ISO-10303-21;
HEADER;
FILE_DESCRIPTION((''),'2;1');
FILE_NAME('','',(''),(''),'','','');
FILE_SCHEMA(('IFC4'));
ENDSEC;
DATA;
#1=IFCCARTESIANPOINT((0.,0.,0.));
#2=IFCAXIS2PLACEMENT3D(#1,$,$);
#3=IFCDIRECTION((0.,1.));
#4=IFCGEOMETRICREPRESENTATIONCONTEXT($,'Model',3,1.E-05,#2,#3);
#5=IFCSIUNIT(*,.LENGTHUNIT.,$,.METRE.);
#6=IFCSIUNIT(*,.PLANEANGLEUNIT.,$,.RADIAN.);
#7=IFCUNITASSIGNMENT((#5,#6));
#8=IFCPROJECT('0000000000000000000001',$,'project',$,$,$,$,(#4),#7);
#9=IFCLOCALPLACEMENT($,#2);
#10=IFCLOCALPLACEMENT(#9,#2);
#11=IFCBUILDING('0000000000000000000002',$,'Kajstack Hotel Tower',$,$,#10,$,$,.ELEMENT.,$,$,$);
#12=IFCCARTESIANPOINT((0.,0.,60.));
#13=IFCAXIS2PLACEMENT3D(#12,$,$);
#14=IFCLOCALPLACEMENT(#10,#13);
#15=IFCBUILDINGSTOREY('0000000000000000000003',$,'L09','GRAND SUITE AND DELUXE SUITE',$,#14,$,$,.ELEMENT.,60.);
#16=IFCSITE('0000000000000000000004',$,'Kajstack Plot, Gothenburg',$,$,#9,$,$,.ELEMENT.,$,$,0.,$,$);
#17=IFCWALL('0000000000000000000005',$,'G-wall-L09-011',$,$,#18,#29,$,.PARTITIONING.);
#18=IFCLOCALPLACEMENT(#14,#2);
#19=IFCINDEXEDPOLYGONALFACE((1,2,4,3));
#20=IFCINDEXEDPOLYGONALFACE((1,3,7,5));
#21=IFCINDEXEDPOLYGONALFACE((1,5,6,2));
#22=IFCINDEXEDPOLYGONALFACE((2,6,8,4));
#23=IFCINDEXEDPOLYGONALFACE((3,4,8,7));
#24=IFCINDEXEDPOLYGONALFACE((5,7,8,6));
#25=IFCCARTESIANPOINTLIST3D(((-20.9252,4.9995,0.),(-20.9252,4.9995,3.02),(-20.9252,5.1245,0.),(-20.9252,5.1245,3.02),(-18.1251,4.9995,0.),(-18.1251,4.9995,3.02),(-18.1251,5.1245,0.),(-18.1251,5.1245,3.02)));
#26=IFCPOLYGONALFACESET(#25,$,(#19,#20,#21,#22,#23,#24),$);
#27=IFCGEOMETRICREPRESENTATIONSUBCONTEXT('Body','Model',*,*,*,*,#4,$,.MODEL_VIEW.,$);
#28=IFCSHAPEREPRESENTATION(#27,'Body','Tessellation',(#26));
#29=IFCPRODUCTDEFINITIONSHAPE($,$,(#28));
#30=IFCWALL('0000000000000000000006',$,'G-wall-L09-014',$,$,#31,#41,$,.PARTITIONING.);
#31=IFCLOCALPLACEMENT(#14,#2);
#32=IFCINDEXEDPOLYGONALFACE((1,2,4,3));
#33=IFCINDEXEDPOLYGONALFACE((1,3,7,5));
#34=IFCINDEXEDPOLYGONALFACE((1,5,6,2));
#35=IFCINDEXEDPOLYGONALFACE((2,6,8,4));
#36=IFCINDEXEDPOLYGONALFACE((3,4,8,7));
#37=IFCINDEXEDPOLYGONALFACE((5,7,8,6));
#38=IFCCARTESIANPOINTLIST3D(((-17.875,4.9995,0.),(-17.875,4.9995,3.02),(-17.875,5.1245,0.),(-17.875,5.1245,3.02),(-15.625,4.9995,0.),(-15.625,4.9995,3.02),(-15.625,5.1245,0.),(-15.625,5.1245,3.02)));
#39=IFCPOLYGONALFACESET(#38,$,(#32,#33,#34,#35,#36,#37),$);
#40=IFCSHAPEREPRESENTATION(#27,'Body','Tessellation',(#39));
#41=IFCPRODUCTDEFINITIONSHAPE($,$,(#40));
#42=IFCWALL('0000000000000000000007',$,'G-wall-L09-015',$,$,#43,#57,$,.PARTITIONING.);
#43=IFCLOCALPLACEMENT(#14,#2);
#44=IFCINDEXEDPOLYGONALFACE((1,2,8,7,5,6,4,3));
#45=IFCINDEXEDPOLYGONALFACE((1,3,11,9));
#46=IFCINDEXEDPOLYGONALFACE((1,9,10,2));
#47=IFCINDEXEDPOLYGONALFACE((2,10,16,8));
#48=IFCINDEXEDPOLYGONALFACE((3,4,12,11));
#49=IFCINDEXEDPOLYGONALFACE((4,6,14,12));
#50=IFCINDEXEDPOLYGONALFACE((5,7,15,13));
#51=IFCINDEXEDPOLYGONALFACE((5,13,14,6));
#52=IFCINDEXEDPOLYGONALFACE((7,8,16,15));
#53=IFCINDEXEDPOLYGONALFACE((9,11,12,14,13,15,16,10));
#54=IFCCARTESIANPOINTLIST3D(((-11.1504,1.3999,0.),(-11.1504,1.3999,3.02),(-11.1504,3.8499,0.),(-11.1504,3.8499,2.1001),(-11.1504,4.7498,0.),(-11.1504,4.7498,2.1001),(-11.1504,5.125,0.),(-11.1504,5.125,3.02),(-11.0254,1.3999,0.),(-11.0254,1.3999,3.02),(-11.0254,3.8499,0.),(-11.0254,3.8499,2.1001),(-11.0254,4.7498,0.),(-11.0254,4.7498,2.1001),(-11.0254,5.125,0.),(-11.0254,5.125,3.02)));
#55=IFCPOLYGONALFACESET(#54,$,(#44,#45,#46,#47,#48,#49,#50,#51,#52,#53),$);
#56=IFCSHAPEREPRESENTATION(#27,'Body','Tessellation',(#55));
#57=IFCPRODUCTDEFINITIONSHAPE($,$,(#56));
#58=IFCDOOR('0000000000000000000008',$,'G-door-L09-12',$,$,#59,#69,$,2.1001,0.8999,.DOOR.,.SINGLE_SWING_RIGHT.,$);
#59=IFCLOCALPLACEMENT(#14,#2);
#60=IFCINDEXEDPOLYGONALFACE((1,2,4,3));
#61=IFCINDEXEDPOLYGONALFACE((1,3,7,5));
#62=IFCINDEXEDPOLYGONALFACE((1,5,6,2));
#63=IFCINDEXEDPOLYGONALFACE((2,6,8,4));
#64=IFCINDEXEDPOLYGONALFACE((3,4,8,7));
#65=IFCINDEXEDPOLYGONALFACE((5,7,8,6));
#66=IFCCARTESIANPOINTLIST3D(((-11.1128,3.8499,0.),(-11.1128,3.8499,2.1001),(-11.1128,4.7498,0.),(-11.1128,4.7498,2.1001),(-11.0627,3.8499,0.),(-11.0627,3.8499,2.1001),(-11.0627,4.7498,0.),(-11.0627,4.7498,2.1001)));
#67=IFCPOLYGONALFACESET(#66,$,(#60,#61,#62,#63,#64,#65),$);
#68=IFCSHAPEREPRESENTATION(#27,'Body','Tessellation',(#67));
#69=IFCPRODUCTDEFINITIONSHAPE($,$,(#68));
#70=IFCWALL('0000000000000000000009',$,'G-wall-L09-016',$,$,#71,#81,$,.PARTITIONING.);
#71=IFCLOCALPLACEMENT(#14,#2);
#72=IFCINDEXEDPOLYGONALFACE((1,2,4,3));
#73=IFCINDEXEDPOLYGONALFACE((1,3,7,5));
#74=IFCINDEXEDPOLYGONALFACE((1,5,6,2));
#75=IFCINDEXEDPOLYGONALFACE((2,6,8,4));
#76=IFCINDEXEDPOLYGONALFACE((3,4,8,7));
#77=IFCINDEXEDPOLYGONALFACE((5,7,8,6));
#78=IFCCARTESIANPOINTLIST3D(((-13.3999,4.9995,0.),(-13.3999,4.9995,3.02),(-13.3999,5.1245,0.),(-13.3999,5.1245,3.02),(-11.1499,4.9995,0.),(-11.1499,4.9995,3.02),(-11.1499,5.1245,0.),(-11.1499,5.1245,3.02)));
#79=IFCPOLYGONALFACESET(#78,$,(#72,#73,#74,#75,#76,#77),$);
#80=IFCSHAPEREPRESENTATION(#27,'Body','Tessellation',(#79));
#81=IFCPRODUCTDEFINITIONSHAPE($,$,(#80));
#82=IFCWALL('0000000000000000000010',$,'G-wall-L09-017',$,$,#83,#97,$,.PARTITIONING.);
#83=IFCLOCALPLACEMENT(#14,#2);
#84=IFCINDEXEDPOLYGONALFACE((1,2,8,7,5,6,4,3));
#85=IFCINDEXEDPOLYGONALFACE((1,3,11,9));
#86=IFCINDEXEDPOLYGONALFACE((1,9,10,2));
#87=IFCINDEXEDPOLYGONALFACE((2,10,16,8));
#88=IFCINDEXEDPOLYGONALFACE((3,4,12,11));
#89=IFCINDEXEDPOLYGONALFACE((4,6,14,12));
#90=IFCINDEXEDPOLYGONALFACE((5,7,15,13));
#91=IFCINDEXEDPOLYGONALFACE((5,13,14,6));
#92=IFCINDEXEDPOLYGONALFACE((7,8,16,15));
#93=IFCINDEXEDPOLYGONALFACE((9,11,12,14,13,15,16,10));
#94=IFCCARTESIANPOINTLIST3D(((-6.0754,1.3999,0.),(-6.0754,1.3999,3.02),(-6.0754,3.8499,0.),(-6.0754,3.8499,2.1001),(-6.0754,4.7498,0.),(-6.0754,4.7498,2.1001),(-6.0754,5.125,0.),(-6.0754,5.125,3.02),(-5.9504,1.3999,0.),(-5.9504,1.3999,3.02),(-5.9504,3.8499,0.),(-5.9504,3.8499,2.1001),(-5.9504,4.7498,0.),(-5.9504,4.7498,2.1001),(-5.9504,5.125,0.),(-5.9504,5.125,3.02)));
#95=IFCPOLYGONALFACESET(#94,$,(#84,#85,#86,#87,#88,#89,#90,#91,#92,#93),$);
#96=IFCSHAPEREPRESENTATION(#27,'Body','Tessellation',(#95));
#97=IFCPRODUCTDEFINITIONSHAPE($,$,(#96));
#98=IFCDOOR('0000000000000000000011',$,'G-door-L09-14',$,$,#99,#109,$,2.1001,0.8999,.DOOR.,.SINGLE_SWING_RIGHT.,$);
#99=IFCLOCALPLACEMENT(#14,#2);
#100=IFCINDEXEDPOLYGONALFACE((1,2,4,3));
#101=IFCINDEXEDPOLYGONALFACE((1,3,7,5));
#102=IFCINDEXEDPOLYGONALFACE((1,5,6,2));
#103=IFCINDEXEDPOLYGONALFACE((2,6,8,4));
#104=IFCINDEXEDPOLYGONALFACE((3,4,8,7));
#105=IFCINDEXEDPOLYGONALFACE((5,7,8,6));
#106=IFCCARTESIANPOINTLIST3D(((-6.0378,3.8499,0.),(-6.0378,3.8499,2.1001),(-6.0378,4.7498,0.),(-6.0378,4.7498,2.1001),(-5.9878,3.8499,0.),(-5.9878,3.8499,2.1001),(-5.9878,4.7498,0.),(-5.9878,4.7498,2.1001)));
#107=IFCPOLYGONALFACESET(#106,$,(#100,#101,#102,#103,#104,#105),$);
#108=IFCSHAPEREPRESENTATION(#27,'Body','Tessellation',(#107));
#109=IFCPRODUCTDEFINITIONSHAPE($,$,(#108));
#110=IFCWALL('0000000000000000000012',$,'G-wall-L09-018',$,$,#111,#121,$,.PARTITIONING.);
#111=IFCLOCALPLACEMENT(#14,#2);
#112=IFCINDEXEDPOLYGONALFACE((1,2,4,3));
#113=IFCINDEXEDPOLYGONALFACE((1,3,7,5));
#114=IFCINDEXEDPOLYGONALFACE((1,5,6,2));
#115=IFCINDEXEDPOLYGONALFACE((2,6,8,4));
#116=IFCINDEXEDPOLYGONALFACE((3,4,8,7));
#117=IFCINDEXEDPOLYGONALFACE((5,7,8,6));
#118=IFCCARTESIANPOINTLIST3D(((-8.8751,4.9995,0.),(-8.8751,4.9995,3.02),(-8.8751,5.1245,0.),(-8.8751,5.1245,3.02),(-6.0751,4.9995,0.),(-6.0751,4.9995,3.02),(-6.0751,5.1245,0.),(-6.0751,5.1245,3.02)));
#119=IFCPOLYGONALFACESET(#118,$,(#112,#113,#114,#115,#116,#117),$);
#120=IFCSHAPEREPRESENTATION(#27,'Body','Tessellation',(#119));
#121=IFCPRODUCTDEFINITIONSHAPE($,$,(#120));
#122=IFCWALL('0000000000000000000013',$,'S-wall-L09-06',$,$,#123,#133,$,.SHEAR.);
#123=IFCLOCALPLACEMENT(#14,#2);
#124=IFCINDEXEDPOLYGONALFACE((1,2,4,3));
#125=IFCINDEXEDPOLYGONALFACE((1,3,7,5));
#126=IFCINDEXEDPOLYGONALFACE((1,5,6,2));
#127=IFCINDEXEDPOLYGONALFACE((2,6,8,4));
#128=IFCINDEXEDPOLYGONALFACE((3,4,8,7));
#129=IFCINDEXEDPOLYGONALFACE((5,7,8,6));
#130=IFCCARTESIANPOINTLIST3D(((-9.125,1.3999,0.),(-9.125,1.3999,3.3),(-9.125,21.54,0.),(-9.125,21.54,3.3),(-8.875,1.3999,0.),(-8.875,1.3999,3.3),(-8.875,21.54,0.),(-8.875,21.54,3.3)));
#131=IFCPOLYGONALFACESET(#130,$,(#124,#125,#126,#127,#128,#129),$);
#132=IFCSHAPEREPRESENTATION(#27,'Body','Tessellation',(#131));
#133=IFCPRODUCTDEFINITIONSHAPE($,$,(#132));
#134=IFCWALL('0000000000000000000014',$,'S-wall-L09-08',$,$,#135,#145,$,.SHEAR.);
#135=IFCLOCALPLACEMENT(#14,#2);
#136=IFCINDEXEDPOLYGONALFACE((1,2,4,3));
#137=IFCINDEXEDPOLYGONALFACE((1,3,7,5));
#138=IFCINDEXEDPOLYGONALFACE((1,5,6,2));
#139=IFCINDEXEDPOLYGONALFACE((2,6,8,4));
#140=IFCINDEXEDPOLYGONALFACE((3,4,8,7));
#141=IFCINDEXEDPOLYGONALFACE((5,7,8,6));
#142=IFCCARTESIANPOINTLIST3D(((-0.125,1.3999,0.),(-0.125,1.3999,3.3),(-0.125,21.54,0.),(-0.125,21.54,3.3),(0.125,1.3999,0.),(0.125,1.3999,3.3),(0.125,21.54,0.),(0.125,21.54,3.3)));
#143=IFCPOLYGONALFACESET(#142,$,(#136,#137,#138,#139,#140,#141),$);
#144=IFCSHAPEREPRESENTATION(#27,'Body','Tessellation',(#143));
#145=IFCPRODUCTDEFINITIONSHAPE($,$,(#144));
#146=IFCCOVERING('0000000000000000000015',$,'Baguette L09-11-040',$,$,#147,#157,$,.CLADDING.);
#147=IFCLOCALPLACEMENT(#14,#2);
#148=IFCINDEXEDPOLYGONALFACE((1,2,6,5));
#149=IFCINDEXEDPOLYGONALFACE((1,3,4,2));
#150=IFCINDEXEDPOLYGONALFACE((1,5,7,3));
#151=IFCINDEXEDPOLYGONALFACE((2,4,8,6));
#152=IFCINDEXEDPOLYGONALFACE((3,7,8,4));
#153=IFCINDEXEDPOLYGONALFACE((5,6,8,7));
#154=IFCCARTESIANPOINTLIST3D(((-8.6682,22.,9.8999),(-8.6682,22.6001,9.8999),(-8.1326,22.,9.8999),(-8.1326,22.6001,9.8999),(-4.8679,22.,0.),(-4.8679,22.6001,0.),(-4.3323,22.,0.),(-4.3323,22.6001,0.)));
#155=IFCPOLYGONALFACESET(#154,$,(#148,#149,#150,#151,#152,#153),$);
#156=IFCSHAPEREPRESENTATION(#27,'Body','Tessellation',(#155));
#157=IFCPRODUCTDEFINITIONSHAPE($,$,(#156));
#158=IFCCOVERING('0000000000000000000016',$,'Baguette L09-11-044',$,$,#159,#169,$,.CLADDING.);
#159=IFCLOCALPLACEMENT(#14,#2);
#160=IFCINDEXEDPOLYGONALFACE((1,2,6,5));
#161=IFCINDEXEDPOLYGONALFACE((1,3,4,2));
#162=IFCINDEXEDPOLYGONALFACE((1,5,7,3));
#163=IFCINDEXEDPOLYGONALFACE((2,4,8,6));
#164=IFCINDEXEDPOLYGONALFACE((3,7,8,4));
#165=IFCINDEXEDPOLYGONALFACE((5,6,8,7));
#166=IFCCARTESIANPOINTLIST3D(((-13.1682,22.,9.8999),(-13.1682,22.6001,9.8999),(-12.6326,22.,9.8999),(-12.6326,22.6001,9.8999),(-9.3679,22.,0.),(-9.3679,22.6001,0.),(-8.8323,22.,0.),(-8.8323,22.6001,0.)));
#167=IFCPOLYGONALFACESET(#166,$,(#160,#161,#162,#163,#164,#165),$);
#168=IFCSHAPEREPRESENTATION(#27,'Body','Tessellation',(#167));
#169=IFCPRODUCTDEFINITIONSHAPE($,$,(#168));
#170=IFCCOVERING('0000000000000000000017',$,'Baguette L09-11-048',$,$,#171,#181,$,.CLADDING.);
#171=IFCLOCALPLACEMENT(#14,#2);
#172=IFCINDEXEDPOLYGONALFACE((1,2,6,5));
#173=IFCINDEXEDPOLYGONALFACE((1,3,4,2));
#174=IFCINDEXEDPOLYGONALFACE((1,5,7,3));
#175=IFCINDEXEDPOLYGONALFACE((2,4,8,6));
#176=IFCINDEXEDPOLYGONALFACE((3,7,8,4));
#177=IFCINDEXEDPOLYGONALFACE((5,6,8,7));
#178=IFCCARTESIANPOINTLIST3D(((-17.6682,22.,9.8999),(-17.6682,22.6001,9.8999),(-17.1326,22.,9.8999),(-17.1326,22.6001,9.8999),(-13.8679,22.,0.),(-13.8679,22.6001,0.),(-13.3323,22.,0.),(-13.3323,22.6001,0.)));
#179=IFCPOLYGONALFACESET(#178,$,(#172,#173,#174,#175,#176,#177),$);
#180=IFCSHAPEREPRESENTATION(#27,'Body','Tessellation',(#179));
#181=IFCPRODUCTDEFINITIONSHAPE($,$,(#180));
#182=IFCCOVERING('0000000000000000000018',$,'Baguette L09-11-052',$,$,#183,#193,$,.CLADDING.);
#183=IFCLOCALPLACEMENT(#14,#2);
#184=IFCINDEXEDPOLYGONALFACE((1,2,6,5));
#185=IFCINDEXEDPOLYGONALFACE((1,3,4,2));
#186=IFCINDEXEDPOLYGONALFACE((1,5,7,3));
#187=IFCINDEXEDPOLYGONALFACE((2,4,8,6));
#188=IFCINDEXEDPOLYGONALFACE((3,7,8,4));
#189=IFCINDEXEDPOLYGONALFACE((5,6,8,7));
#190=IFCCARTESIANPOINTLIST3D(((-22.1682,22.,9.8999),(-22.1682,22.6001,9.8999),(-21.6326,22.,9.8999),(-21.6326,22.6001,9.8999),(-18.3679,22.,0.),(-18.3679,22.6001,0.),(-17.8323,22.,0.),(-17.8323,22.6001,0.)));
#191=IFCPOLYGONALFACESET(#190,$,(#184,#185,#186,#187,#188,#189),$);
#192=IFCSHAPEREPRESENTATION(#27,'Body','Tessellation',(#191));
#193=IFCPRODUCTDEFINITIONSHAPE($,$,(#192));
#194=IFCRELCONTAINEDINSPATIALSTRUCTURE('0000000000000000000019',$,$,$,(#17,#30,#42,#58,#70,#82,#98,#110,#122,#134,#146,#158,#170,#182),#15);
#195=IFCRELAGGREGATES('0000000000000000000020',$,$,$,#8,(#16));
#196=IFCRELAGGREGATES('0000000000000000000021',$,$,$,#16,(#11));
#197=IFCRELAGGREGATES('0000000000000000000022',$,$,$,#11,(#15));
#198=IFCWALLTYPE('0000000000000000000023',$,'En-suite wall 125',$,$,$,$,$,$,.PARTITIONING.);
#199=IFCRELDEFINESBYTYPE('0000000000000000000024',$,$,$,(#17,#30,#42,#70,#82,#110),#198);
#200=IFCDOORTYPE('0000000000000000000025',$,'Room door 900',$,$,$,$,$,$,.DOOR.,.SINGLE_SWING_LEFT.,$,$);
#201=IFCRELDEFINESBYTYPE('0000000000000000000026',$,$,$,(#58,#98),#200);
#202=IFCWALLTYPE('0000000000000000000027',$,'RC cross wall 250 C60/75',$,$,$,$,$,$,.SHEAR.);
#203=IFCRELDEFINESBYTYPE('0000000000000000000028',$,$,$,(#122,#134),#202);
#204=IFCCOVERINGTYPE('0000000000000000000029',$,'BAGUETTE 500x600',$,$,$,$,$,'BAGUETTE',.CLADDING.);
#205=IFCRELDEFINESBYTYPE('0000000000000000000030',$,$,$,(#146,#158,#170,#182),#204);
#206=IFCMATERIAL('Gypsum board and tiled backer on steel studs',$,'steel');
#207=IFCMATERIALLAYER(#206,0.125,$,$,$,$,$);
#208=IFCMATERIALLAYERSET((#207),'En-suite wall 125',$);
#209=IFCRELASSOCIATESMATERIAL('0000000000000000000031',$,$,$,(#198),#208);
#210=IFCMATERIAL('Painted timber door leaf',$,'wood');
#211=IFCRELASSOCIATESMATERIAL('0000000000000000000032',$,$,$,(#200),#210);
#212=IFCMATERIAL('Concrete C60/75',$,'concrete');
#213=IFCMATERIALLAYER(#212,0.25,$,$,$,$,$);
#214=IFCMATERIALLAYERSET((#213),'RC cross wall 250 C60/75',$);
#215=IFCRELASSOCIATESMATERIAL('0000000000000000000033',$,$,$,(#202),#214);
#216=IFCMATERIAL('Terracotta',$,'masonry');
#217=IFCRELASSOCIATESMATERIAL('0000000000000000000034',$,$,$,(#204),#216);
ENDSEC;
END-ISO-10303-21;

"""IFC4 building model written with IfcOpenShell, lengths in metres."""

from ifc_helpers import new_model, si_unit, direction, frame, frame_2d, origin, origin_2d, place, context, subcontext, project, spatial, polyline, rectangle, outline, extrude, material, layer, layer_set, material_profile, profile_set, type_object, element, fill, save


model = new_model("IFC4")

# Units and contexts
model_context = context("Model", 3, precision=1e-05, world=origin(), true_north=direction((0.0, 1.0)))
body_context = subcontext(model_context, "Body", "Model", "MODEL_VIEW")
ifc_project = project(units=[si_unit("LENGTHUNIT", "METRE"), si_unit("PLANEANGLEUNIT", "RADIAN")], contexts=[model_context])

# Site, building, storey
site_placement = place(None, origin())
site = spatial("IfcSite", under=ifc_project, at=site_placement, Name="Kajstack Plot, Gothenburg", CompositionType="ELEMENT", RefElevation=0.0)
building_placement = place(site_placement, origin())
building = spatial("IfcBuilding", under=site, at=building_placement, Name="Kajstack Hotel Tower", CompositionType="ELEMENT")
storey_placement = place(building_placement, frame((0.0, 0.0, 60.0)))
storey = spatial("IfcBuildingStorey", under=building, at=storey_placement, Name="L09", Description="GRAND SUITE AND DELUXE SUITE", CompositionType="ELEMENT", Elevation=60.0)

# Walls
ifc_material_1 = material(Name="Gypsum board and tiled backer on steel studs", Category="steel")
ifc_layer_1 = layer(ifc_material_1, 0.125)
ifc_layer_set_1 = layer_set([ifc_layer_1], Name="En-suite wall 125")
wall_type_1 = type_object("IfcWallType", Name="En-suite wall 125", PredefinedType="PARTITIONING", material=ifc_layer_set_1)
wall_1_placement = place(storey_placement, frame((-20.925, 5.062, 0.0), z_axis=(0.0, 0.0, 1.0), x_axis=(1.0, 0.0, 0.0)))
element("IfcWall", 1, at=wall_1_placement, inside=storey, type_object=wall_type_1, Name="G-wall-L09-011", PredefinedType="PARTITIONING", context=body_context, shape_type="SweptSolid", body=[
    extrude(rectangle(XDim=2.8, YDim=0.125, at=frame_2d((1.3999, 0.0))), origin(), (0.0, 0.0, 1.0), 3.02),
])
wall_2_placement = place(storey_placement, frame((-17.875, 5.062, 0.0), z_axis=(0.0, 0.0, 1.0), x_axis=(1.0, 0.0, 0.0)))
element("IfcWall", 2, at=wall_2_placement, inside=storey, type_object=wall_type_1, Name="G-wall-L09-014", PredefinedType="PARTITIONING", context=body_context, shape_type="SweptSolid", body=[
    extrude(rectangle(XDim=2.25, YDim=0.125, at=frame_2d((1.125, 0.0))), origin(), (0.0, 0.0, 1.0), 3.02),
])

# Wall, opening, door
wall_3_placement = place(storey_placement, frame((-11.0879, 1.3999, 0.0), z_axis=(0.0, 0.0, 1.0), x_axis=(0.0, 1.0, 0.0)))
wall_3 = element("IfcWall", 3, at=wall_3_placement, inside=storey, type_object=wall_type_1, Name="G-wall-L09-015", PredefinedType="PARTITIONING", context=body_context, shape_type="SweptSolid", body=[
    extrude(rectangle(XDim=3.7251, YDim=0.125, at=frame_2d((1.8625, 0.0))), origin(), (0.0, 0.0, 1.0), 3.02),
])
opening_1_placement = place(wall_3_placement, frame((2.45, 0.0, 0.0)))
opening_1 = element("IfcOpeningElement", 4, at=opening_1_placement, cuts=wall_3, PredefinedType="OPENING", context=body_context, shape_type="SweptSolid", body=[
    extrude(rectangle(XDim=0.8999, YDim=2.1001, at=frame_2d((0.45, 1.05))), frame((0.0, 0.0725, 0.0), z_axis=(0.0, -1.0, 0.0), x_axis=(1.0, 0.0, 0.0)), (0.0, 0.0, 1.0), 0.145),
])
ifc_material_2 = material(Name="Painted timber door leaf", Category="wood")
door_type = type_object("IfcDoorType", Name="Room door 900", OperationType="SINGLE_SWING_LEFT", PredefinedType="DOOR", material=ifc_material_2)
door_1_placement = place(opening_1_placement, origin())
door_1 = element("IfcDoor", 5, at=door_1_placement, inside=storey, type_object=door_type, Name="G-door-L09-12", OperationType="SINGLE_SWING_RIGHT", OverallHeight=2.1001, OverallWidth=0.8999, PredefinedType="DOOR", context=body_context, shape_type="SweptSolid", body=[
    extrude(rectangle(XDim=0.8999, YDim=2.1001, at=frame_2d((0.45, 1.05))), frame((0.0, 0.0249, 0.0), z_axis=(0.0, -1.0, 0.0), x_axis=(1.0, 0.0, 0.0)), (0.0, 0.0, 1.0), 0.05),
])
fill(opening_1, door_1)

# Wall
wall_4_placement = place(storey_placement, frame((-13.3999, 5.062, 0.0), z_axis=(0.0, 0.0, 1.0), x_axis=(1.0, 0.0, 0.0)))
element("IfcWall", 6, at=wall_4_placement, inside=storey, type_object=wall_type_1, Name="G-wall-L09-016", PredefinedType="PARTITIONING", context=body_context, shape_type="SweptSolid", body=[
    extrude(rectangle(XDim=2.25, YDim=0.125, at=frame_2d((1.125, 0.0))), origin(), (0.0, 0.0, 1.0), 3.02),
])

# Wall, opening, door
wall_5_placement = place(storey_placement, frame((-6.0129, 1.3999, 0.0), z_axis=(0.0, 0.0, 1.0), x_axis=(0.0, 1.0, 0.0)))
wall_5 = element("IfcWall", 7, at=wall_5_placement, inside=storey, type_object=wall_type_1, Name="G-wall-L09-017", PredefinedType="PARTITIONING", context=body_context, shape_type="SweptSolid", body=[
    extrude(rectangle(XDim=3.7251, YDim=0.125, at=frame_2d((1.8625, 0.0))), origin(), (0.0, 0.0, 1.0), 3.02),
])
opening_2_placement = place(wall_5_placement, frame((2.45, 0.0, 0.0)))
opening_2 = element("IfcOpeningElement", 8, at=opening_2_placement, cuts=wall_5, PredefinedType="OPENING", context=body_context, shape_type="SweptSolid", body=[
    extrude(rectangle(XDim=0.8999, YDim=2.1001, at=frame_2d((0.45, 1.05))), frame((0.0, 0.0725, 0.0), z_axis=(0.0, -1.0, 0.0), x_axis=(1.0, 0.0, 0.0)), (0.0, 0.0, 1.0), 0.145),
])
door_2_placement = place(opening_2_placement, origin())
door_2 = element("IfcDoor", 9, at=door_2_placement, inside=storey, type_object=door_type, Name="G-door-L09-14", OperationType="SINGLE_SWING_RIGHT", OverallHeight=2.1001, OverallWidth=0.8999, PredefinedType="DOOR", context=body_context, shape_type="SweptSolid", body=[
    extrude(rectangle(XDim=0.8999, YDim=2.1001, at=frame_2d((0.45, 1.05))), frame((0.0, 0.0249, 0.0), z_axis=(0.0, -1.0, 0.0), x_axis=(1.0, 0.0, 0.0)), (0.0, 0.0, 1.0), 0.05),
])
fill(opening_2, door_2)

# Walls
wall_6_placement = place(storey_placement, frame((-8.875, 5.062, 0.0), z_axis=(0.0, 0.0, 1.0), x_axis=(1.0, 0.0, 0.0)))
element("IfcWall", 10, at=wall_6_placement, inside=storey, type_object=wall_type_1, Name="G-wall-L09-018", PredefinedType="PARTITIONING", context=body_context, shape_type="SweptSolid", body=[
    extrude(rectangle(XDim=2.8, YDim=0.125, at=frame_2d((1.3999, 0.0))), origin(), (0.0, 0.0, 1.0), 3.02),
])
ifc_material_3 = material(Name="Concrete C60/75", Category="concrete")
ifc_layer_2 = layer(ifc_material_3, 0.25)
ifc_layer_set_2 = layer_set([ifc_layer_2], Name="RC cross wall 250 C60/75")
wall_type_2 = type_object("IfcWallType", Name="RC cross wall 250 C60/75", PredefinedType="SHEAR", material=ifc_layer_set_2)
for number, where, z_axis, x_axis, name in (
    (11, (-9.0, 1.3999, 0.0), (0.0, 0.0, 1.0), (0.0, 1.0, 0.0), "S-wall-L09-06"),
    (12, (0.0, 1.3999, 0.0), (0.0, 0.0, 1.0), (0.0, 1.0, 0.0), "S-wall-L09-08"),
):
    element("IfcWall", number, at=place(storey_placement, frame(where, z_axis=z_axis, x_axis=x_axis)), inside=storey, type_object=wall_type_2, Name=name, PredefinedType="SHEAR", context=body_context, shape_type="SweptSolid", body=[
        extrude(rectangle(XDim=20.1401, YDim=0.25, at=frame_2d((10.0701, 0.0))), origin(), (0.0, 0.0, 1.0), 3.3),
    ])

# Coverings
ifc_material_4 = material(Name="Terracotta", Category="masonry")
ifc_material_profile = material_profile(ifc_material_4, rectangle(XDim=0.6001, YDim=0.5, at=origin_2d()), Name="Terracotta-clad concrete baguette 500 x 600")
ifc_profile_set = profile_set([ifc_material_profile], Name="Terracotta")
covering_type = type_object("IfcCoveringType", Name="BAGUETTE 500x600", ElementType="BAGUETTE", PredefinedType="CLADDING", material=ifc_profile_set)
for number, where, z_axis, x_axis, name in (
    (13, (-4.3323, 22.0, 0.0), (0.0, 1.0, 0.0), (-1.0, 0.0, 0.0), "Baguette L09-11-040"),
    (14, (-8.8323, 22.0, 0.0), (0.0, 1.0, 0.0), (-1.0, 0.0, 0.0), "Baguette L09-11-044"),
    (15, (-13.3323, 22.0, 0.0), (0.0, 1.0, 0.0), (-1.0, 0.0, 0.0), "Baguette L09-11-048"),
    (16, (-17.8323, 22.0, 0.0), (0.0, 1.0, 0.0), (-1.0, 0.0, 0.0), "Baguette L09-11-052"),
):
    element("IfcCovering", number, at=place(storey_placement, frame(where, z_axis=z_axis, x_axis=x_axis)), inside=storey, type_object=covering_type, Name=name, PredefinedType="CLADDING", context=body_context, shape_type="SweptSolid", body=[
        extrude(outline(polyline([(3.8003, 9.8999), (0.0, 0.0), (0.5356, 0.0), (4.3359, 9.8999), (3.8003, 9.8999)])), origin(), (0.0, 0.0, 1.0), 0.6001),
    ])

save(model, "model.ifc")
